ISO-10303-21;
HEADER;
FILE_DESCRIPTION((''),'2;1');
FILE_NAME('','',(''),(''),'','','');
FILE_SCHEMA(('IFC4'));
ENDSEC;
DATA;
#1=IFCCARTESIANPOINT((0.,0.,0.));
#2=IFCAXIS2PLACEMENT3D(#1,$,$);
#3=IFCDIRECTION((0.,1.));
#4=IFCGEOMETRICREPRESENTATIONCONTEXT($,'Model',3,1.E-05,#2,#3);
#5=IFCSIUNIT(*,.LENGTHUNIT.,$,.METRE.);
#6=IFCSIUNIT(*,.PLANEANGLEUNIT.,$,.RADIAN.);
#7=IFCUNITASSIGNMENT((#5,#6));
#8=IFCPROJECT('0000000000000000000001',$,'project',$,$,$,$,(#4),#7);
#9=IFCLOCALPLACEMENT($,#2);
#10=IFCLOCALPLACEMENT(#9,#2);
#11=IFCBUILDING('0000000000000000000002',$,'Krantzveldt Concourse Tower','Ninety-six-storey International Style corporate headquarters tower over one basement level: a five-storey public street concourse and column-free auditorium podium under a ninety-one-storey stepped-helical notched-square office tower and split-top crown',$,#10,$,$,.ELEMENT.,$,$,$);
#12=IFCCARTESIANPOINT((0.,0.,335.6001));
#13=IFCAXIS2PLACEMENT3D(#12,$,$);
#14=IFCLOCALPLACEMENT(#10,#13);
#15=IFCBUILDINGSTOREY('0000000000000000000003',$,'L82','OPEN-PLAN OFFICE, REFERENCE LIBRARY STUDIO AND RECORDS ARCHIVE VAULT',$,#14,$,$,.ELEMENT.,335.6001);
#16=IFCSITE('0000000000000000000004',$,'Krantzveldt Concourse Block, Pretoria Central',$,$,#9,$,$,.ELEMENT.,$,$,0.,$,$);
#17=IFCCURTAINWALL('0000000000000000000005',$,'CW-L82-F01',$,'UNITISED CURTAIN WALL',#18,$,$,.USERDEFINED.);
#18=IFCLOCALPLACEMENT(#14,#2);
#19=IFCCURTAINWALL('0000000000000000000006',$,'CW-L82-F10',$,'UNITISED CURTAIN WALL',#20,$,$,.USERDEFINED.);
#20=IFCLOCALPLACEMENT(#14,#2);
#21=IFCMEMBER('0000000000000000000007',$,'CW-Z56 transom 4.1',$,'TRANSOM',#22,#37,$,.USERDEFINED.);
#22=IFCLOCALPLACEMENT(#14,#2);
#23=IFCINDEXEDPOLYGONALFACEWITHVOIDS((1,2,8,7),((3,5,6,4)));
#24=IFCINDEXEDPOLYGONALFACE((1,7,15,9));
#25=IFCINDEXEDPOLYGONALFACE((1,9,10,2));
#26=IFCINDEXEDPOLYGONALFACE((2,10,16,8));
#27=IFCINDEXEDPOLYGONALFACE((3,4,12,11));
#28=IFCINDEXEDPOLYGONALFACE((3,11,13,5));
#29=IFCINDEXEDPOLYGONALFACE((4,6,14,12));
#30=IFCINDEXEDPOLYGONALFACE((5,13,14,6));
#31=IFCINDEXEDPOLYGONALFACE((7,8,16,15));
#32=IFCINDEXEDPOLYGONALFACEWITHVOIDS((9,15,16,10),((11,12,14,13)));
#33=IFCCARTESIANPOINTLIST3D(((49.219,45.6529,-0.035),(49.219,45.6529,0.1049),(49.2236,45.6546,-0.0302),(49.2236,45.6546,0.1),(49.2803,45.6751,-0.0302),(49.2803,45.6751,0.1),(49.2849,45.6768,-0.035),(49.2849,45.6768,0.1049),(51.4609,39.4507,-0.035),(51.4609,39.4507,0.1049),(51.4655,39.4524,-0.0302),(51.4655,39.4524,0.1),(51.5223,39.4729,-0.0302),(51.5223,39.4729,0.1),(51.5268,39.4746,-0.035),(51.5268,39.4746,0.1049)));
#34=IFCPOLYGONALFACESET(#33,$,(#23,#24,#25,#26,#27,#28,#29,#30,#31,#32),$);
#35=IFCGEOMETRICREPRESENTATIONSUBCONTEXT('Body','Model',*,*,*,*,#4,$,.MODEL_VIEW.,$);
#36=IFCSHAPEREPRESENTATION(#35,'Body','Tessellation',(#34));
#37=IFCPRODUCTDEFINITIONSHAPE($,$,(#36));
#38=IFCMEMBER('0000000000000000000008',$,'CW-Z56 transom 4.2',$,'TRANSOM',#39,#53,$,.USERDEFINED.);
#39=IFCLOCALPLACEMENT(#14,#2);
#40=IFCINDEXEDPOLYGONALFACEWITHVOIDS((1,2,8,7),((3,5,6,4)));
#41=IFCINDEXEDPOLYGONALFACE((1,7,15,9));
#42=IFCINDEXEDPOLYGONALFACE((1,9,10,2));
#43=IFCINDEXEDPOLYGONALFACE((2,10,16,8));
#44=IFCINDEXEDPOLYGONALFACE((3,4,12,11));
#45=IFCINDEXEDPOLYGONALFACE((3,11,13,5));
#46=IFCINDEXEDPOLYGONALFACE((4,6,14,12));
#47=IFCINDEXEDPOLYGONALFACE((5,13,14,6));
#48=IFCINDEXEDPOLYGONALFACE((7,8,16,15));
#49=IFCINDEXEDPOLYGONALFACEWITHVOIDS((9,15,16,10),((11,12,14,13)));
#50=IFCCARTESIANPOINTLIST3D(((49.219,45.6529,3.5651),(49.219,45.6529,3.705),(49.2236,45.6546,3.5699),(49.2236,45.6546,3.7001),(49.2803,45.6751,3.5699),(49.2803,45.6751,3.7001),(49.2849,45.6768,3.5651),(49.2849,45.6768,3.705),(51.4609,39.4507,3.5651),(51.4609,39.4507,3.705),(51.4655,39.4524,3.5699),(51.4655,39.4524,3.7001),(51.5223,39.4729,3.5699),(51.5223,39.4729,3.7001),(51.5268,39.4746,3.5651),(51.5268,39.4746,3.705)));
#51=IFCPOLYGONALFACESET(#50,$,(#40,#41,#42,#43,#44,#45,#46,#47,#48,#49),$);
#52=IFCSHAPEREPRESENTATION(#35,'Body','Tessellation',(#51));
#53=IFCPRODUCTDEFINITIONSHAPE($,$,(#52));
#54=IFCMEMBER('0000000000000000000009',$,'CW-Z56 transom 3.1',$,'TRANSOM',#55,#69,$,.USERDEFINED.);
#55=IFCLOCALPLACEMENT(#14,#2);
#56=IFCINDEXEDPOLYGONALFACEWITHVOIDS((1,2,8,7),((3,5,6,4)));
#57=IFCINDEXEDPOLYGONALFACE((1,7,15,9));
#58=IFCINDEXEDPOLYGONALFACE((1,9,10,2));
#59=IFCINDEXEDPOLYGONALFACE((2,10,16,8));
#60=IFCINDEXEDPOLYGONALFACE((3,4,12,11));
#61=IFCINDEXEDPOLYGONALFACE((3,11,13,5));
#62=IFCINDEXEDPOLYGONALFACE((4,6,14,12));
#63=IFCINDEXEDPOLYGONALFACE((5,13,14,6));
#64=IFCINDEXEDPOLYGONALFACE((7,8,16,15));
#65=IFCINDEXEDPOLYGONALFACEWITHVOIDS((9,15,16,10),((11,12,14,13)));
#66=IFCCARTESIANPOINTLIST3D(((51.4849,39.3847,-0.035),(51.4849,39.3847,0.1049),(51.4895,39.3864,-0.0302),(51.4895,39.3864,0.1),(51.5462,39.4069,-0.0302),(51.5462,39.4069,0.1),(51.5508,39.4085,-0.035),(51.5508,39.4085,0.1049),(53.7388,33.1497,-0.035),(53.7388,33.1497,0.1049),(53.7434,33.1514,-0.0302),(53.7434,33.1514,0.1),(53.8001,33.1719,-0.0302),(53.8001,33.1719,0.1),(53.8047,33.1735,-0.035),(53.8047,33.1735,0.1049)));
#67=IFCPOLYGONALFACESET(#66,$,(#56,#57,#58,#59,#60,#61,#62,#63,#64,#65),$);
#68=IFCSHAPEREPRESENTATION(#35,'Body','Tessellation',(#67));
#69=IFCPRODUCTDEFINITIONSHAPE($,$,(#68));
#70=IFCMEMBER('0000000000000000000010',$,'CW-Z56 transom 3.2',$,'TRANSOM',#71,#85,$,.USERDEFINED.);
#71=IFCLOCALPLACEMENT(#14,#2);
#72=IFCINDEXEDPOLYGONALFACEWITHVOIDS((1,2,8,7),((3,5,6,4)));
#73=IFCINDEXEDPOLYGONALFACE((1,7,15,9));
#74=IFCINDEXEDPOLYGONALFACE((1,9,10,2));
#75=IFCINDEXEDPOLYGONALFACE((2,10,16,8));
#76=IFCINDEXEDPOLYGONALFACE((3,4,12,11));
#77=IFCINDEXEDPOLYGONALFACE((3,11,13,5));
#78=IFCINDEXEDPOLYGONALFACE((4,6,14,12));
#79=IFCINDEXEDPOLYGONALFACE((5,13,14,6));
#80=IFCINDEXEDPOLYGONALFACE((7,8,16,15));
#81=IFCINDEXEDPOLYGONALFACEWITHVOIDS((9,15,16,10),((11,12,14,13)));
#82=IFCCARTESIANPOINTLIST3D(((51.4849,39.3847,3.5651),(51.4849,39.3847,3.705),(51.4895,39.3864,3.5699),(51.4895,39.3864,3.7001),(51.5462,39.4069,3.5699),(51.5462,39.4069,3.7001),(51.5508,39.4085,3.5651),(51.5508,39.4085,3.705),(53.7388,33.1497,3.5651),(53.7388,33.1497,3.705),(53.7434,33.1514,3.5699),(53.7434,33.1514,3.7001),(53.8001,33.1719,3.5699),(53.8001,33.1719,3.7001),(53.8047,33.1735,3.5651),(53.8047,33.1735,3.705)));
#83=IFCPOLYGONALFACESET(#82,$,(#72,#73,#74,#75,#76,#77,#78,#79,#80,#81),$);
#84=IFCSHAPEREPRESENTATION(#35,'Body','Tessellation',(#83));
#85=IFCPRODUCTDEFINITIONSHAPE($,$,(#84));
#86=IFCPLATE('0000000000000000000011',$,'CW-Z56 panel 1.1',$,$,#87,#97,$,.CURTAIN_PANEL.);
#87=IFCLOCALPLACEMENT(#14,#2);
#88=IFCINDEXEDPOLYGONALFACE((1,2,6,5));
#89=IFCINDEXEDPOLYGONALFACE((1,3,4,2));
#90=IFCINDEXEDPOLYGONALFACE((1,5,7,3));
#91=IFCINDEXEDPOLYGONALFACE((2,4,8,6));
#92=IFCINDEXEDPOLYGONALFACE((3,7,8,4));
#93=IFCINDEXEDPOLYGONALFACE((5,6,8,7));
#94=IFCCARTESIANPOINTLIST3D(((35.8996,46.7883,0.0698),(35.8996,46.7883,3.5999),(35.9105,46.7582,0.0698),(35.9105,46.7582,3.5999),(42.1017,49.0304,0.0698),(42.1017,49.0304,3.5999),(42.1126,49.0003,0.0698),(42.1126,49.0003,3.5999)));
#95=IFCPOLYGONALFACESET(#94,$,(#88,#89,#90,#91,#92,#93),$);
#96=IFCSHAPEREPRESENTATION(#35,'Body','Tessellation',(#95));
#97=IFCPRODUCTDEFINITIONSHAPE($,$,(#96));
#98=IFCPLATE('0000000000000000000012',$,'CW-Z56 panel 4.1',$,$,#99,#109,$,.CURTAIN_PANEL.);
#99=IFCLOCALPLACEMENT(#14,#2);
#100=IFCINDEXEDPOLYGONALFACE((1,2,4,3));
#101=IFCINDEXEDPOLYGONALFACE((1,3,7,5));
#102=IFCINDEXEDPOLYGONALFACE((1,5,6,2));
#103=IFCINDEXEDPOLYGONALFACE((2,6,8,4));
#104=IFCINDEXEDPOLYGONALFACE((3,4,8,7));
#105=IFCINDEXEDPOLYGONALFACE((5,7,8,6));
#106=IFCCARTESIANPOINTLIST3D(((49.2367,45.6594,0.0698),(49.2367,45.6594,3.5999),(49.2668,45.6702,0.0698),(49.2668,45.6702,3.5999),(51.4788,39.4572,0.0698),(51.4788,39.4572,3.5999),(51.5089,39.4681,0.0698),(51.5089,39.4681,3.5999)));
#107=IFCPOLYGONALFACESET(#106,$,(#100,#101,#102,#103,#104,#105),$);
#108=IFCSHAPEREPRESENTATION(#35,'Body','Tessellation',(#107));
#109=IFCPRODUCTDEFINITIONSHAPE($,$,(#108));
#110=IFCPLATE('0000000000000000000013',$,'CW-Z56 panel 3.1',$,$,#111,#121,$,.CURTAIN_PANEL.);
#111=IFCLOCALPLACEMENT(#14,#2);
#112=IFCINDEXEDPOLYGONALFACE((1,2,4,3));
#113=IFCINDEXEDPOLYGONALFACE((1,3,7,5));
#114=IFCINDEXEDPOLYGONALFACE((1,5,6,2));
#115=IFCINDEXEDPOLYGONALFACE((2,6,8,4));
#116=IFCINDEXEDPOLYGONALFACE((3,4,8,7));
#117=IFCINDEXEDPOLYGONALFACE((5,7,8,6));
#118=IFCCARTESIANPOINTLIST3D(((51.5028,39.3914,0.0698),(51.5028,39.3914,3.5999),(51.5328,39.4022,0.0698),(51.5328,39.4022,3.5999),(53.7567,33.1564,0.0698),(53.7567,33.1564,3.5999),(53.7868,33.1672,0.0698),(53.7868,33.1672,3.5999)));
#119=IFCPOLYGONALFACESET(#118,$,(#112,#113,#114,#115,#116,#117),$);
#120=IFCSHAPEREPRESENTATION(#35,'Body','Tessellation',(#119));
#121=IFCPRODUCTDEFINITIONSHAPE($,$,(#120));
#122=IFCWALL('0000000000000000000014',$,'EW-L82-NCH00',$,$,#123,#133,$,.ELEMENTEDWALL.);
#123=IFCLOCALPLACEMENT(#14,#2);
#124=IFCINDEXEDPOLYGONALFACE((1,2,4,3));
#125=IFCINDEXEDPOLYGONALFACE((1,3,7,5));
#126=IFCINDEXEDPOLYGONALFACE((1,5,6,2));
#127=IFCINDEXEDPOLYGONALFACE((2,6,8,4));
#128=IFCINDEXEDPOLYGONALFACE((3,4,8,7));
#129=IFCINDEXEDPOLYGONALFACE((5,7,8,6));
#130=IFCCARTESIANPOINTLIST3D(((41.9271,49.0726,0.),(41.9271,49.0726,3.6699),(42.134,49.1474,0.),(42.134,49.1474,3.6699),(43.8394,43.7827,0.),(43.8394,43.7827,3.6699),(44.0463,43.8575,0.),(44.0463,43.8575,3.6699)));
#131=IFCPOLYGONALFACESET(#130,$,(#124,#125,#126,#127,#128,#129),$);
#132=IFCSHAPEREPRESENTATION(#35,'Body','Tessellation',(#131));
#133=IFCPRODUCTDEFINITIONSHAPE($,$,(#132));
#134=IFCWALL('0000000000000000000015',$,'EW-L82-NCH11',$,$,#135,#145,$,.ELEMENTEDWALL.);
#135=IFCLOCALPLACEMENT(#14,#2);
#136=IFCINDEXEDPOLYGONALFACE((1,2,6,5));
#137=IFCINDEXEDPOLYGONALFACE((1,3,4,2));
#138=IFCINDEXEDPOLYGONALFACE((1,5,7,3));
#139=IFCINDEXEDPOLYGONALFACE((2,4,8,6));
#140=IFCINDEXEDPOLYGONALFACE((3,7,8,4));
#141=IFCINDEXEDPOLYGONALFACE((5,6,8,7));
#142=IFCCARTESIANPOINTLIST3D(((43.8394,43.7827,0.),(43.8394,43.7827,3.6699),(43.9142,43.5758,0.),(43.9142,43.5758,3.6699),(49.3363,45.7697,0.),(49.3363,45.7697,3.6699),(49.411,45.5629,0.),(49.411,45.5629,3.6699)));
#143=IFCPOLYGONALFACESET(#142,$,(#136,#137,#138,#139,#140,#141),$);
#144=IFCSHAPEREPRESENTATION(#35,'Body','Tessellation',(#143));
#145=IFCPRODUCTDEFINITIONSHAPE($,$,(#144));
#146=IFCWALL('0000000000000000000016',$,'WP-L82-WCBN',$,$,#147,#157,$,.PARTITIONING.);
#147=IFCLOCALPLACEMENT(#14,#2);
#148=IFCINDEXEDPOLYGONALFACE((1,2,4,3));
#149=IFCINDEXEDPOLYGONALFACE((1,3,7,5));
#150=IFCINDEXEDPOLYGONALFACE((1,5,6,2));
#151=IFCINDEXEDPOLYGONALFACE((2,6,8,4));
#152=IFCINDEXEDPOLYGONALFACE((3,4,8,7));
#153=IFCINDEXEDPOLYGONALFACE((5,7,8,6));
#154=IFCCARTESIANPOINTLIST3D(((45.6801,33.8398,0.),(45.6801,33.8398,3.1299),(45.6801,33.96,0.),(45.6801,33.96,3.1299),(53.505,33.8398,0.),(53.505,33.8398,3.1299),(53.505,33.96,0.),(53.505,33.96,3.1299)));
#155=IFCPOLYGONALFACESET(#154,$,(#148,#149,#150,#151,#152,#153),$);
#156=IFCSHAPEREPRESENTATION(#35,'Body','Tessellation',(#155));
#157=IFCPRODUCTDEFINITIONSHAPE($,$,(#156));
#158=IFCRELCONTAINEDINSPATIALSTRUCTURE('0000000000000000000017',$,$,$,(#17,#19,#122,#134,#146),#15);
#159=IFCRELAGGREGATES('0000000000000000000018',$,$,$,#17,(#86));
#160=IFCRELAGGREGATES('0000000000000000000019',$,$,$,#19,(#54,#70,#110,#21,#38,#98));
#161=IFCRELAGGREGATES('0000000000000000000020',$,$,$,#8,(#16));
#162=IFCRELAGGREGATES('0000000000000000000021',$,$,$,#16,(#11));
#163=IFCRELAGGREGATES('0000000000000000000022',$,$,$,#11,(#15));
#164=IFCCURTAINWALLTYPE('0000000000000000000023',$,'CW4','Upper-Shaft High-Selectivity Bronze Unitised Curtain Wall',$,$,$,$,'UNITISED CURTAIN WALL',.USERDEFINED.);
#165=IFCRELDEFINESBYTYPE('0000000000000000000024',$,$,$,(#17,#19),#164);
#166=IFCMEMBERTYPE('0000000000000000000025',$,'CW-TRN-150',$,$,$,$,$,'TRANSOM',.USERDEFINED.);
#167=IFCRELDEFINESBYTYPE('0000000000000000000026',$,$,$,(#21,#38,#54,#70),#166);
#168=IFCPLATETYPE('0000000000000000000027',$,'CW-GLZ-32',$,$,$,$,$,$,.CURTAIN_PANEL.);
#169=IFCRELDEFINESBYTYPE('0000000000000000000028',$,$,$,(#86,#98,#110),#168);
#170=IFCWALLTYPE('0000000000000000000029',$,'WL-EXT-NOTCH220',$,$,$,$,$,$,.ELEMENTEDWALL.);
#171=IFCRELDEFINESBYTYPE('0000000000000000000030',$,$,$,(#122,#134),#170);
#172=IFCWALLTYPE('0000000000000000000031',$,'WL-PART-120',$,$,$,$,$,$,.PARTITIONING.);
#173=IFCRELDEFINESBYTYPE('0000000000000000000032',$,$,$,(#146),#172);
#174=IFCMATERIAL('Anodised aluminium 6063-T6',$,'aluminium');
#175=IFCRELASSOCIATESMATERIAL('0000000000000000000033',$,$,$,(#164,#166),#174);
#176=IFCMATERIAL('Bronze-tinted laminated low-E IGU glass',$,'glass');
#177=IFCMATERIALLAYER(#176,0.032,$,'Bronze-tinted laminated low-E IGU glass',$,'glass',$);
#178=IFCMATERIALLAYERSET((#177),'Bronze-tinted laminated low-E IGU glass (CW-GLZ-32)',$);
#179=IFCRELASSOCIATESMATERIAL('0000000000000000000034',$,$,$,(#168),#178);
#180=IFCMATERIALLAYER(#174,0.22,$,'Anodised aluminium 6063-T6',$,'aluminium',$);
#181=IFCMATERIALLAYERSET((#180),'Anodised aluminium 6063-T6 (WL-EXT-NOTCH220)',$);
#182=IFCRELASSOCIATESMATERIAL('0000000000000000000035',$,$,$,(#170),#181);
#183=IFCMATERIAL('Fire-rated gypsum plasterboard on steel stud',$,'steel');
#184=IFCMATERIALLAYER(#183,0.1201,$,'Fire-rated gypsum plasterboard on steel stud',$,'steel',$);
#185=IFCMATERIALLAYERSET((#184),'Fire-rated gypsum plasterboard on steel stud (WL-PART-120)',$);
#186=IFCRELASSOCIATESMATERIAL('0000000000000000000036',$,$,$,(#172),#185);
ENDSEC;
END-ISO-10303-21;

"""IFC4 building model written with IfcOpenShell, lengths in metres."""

from ifc_helpers import new_model, si_unit, direction, frame, frame_2d, origin, origin_2d, place, context, subcontext, project, spatial, rectangle, hollow_rectangle, extrude, source, transform, mapped, material, layer, layer_set, material_profile, profile_set, type_object, type_shapes, element, aggregate, save


model = new_model("IFC4")

# Units and contexts
model_context = context("Model", 3, precision=1e-05, world=origin(), true_north=direction((0.0, 1.0)))
body_context = subcontext(model_context, "Body", "Model", "MODEL_VIEW")
ifc_project = project(units=[si_unit("LENGTHUNIT", "METRE"), si_unit("PLANEANGLEUNIT", "RADIAN")], contexts=[model_context])

# Site, building, storey
site_placement = place(None, origin())
site = spatial("IfcSite", under=ifc_project, at=site_placement, Name="Krantzveldt Concourse Block, Pretoria Central", CompositionType="ELEMENT", RefElevation=0.0)
building_placement = place(site_placement, origin())
building = spatial("IfcBuilding", under=site, at=building_placement, Name="Krantzveldt Concourse Tower", Description="Ninety-six-storey International Style corporate headquarters tower over one basement level: a five-storey public street concourse and column-free auditorium podium under a ninety-one-storey stepped-helical notched-square office tower and split-top crown", CompositionType="ELEMENT")
storey_placement = place(building_placement, frame((0.0, 0.0, 335.6001)))
storey = spatial("IfcBuildingStorey", under=building, at=storey_placement, Name="L82", Description="OPEN-PLAN OFFICE, REFERENCE LIBRARY STUDIO AND RECORDS ARCHIVE VAULT", CompositionType="ELEMENT", Elevation=335.6001)

# Curtain walls
ifc_material_1 = material(Name="Anodised aluminium 6063-T6", Category="aluminium")
curtain_wall_type = type_object("IfcCurtainWallType", Name="CW4", Description="Upper-Shaft High-Selectivity Bronze Unitised Curtain Wall", ElementType="UNITISED CURTAIN WALL", PredefinedType="USERDEFINED", material=ifc_material_1)
curtain_wall_1_placement = place(storey_placement, origin())
curtain_wall_1 = element("IfcCurtainWall", 1, at=curtain_wall_1_placement, inside=storey, type_object=curtain_wall_type, Name="CW-L82-F01", ObjectType="UNITISED CURTAIN WALL", PredefinedType="USERDEFINED")
curtain_wall_2_placement = place(storey_placement, origin())
curtain_wall_2 = element("IfcCurtainWall", 2, at=curtain_wall_2_placement, inside=storey, type_object=curtain_wall_type, Name="CW-L82-F10", ObjectType="UNITISED CURTAIN WALL", PredefinedType="USERDEFINED")

# Members
ifc_material_profile_1 = material_profile(ifc_material_1, hollow_rectangle(XDim=0.0701, YDim=0.1399, WallThickness=0.0049, at=origin_2d()), Name="Anodised aluminium 6063-T6", Category="aluminium")
ifc_profile_set_1 = profile_set([ifc_material_profile_1], Name="Anodised aluminium 6063-T6 - ALU-TRAN 140x70x5")
member_type_1 = type_object("IfcMemberType", Name="CW-TRN-150", ElementType="TRANSOM", PredefinedType="USERDEFINED", material=ifc_profile_set_1)
shared_shape_1 = source(origin(), body_context, "Body", "SweptSolid", [
    extrude(hollow_rectangle(XDim=0.0701, YDim=0.1399, WallThickness=0.0049, at=origin_2d()), origin(), (0.0, 0.0, 1.0), 6.595),
])
member_1_placement = place(storey_placement, frame((51.4939, 39.4626, 0.0349), z_axis=(-0.33995, 0.940443, 0.0), x_axis=(-0.940443, -0.33995, 0.0)))
member_1 = element("IfcMember", 3, at=member_1_placement, type_object=member_type_1, Name="CW-Z56 transom 4.1", ObjectType="TRANSOM", PredefinedType="USERDEFINED", context=body_context, shape_type="MappedRepresentation", body=[
    mapped(shared_shape_1, transform((0.0, 0.0, 0.0), x_axis=(1.0, 0.0, 0.0), y_axis=(0.0, 1.0, 0.0), z_axis=(0.0, 0.0, 1.0), scale=1.0)),
])
member_2_placement = place(storey_placement, frame((51.4939, 39.4626, 3.635), z_axis=(-0.33995, 0.940443, 0.0), x_axis=(-0.940443, -0.33995, 0.0)))
member_2 = element("IfcMember", 4, at=member_2_placement, type_object=member_type_1, Name="CW-Z56 transom 4.2", ObjectType="TRANSOM", PredefinedType="USERDEFINED", context=body_context, shape_type="MappedRepresentation", body=[
    mapped(shared_shape_1, transform((0.0, 0.0, 0.0), x_axis=(1.0, 0.0, 0.0), y_axis=(0.0, 1.0, 0.0), z_axis=(0.0, 0.0, 1.0), scale=1.0)),
])
shared_shape_2 = source(origin(), body_context, "Body", "SweptSolid", [
    extrude(hollow_rectangle(XDim=0.0701, YDim=0.1399, WallThickness=0.0049, at=origin_2d()), origin(), (0.0, 0.0, 1.0), 6.6299),
])
type_shapes(member_type_1, [shared_shape_1, shared_shape_2])
member_3_placement = place(storey_placement, frame((53.7717, 33.1616, 0.0349), z_axis=(-0.339957, 0.940441, 0.0), x_axis=(-0.940441, -0.339957, 0.0)))
member_3 = element("IfcMember", 5, at=member_3_placement, type_object=member_type_1, Name="CW-Z56 transom 3.1", ObjectType="TRANSOM", PredefinedType="USERDEFINED", context=body_context, shape_type="MappedRepresentation", body=[
    mapped(shared_shape_2, transform((0.0, 0.0, 0.0), x_axis=(1.0, 0.0, 0.0), y_axis=(0.0, 1.0, 0.0), z_axis=(0.0, 0.0, 1.0), scale=1.0)),
])
member_4_placement = place(storey_placement, frame((53.7717, 33.1616, 3.635), z_axis=(-0.339957, 0.940441, 0.0), x_axis=(-0.940441, -0.339957, 0.0)))
member_4 = element("IfcMember", 6, at=member_4_placement, type_object=member_type_1, Name="CW-Z56 transom 3.2", ObjectType="TRANSOM", PredefinedType="USERDEFINED", context=body_context, shape_type="MappedRepresentation", body=[
    mapped(shared_shape_2, transform((0.0, 0.0, 0.0), x_axis=(1.0, 0.0, 0.0), y_axis=(0.0, 1.0, 0.0), z_axis=(0.0, 0.0, 1.0), scale=1.0)),
])

# Plates
ifc_material_2 = material(Name="Bronze-tinted laminated low-E IGU glass", Category="glass")
ifc_layer_1 = layer(ifc_material_2, 0.032, Name="Bronze-tinted laminated low-E IGU glass", Category="glass")
ifc_layer_set_1 = layer_set([ifc_layer_1], Name="Bronze-tinted laminated low-E IGU glass (CW-GLZ-32)")
plate_type = type_object("IfcPlateType", Name="CW-GLZ-32", PredefinedType="CURTAIN_PANEL", material=ifc_layer_set_1)
shared_shape_3 = source(origin(), body_context, "Body", "SweptSolid", [
    extrude(rectangle(XDim=6.595, YDim=0.032, at=origin_2d()), origin(), (0.0, 0.0, 1.0), 3.53),
])
plate_1_placement = place(storey_placement, frame((39.0061, 47.8943, 0.0698), z_axis=(0.0, 0.0, 1.0), x_axis=(-0.940437, -0.339969, 0.0)))
plate_1 = element("IfcPlate", 7, at=plate_1_placement, type_object=plate_type, Name="CW-Z56 panel 1.1", PredefinedType="CURTAIN_PANEL", context=body_context, shape_type="MappedRepresentation", body=[
    mapped(shared_shape_3, transform((0.0, 0.0, 0.0), x_axis=(1.0, 0.0, 0.0), y_axis=(0.0, 1.0, 0.0), z_axis=(0.0, 0.0, 1.0), scale=1.0)),
])
aggregate(curtain_wall_1, [plate_1])
plate_2_placement = place(storey_placement, frame((50.3728, 42.5637, 0.0698), z_axis=(0.0, 0.0, 1.0), x_axis=(-0.339969, 0.940437, 0.0)))
plate_2 = element("IfcPlate", 8, at=plate_2_placement, type_object=plate_type, Name="CW-Z56 panel 4.1", PredefinedType="CURTAIN_PANEL", context=body_context, shape_type="MappedRepresentation", body=[
    mapped(shared_shape_3, transform((0.0, 0.0, 0.0), x_axis=(1.0, 0.0, 0.0), y_axis=(0.0, 1.0, 0.0), z_axis=(0.0, 0.0, 1.0), scale=1.0)),
])
shared_shape_4 = source(origin(), body_context, "Body", "SweptSolid", [
    extrude(rectangle(XDim=6.6299, YDim=0.032, at=origin_2d()), origin(), (0.0, 0.0, 1.0), 3.53),
])
type_shapes(plate_type, [shared_shape_3, shared_shape_4])
plate_3_placement = place(storey_placement, frame((52.6448, 36.2793, 0.0698), z_axis=(0.0, 0.0, 1.0), x_axis=(-0.339969, 0.940437, 0.0)))
plate_3 = element("IfcPlate", 9, at=plate_3_placement, type_object=plate_type, Name="CW-Z56 panel 3.1", PredefinedType="CURTAIN_PANEL", context=body_context, shape_type="MappedRepresentation", body=[
    mapped(shared_shape_4, transform((0.0, 0.0, 0.0), x_axis=(1.0, 0.0, 0.0), y_axis=(0.0, 1.0, 0.0), z_axis=(0.0, 0.0, 1.0), scale=1.0)),
])
aggregate(curtain_wall_2, [member_3, member_4, plate_3, member_1, member_2, plate_2])

# Walls
ifc_layer_2 = layer(ifc_material_1, 0.22, Name="Anodised aluminium 6063-T6", Category="aluminium")
ifc_layer_set_2 = layer_set([ifc_layer_2], Name="Anodised aluminium 6063-T6 (WL-EXT-NOTCH220)")
wall_type_1 = type_object("IfcWallType", Name="WL-EXT-NOTCH220", PredefinedType="ELEMENTEDWALL", material=ifc_layer_set_2)
wall_1_placement = place(storey_placement, frame((43.9429, 43.8201, 0.0), z_axis=(0.0, 0.0, 1.0), x_axis=(-0.339969, 0.940437, 0.0)))
element("IfcWall", 10, at=wall_1_placement, inside=storey, type_object=wall_type_1, Name="EW-L82-NCH00", PredefinedType="ELEMENTEDWALL", context=body_context, shape_type="SweptSolid", body=[
    extrude(rectangle(XDim=5.625, YDim=0.22, at=frame_2d((2.8125, 0.0))), origin(), (0.0, 0.0, 1.0), 3.6699),
])
wall_2_placement = place(storey_placement, frame((49.3735, 45.6663, 0.0), z_axis=(0.0, 0.0, 1.0), x_axis=(-0.940439, -0.339962, 0.0)))
element("IfcWall", 11, at=wall_2_placement, inside=storey, type_object=wall_type_1, Name="EW-L82-NCH11", PredefinedType="ELEMENTEDWALL", context=body_context, shape_type="SweptSolid", body=[
    extrude(rectangle(XDim=5.845, YDim=0.22, at=frame_2d((2.9224, 0.0))), origin(), (0.0, 0.0, 1.0), 3.6699),
])
ifc_material_3 = material(Name="Fire-rated gypsum plasterboard on steel stud", Category="steel")
ifc_layer_3 = layer(ifc_material_3, 0.1201, Name="Fire-rated gypsum plasterboard on steel stud", Category="steel")
ifc_layer_set_3 = layer_set([ifc_layer_3], Name="Fire-rated gypsum plasterboard on steel stud (WL-PART-120)")
wall_type_2 = type_object("IfcWallType", Name="WL-PART-120", PredefinedType="PARTITIONING", material=ifc_layer_set_3)
wall_3_placement = place(storey_placement, frame((45.6799, 33.8999, 0.0), z_axis=(0.0, 0.0, 1.0), x_axis=(1.0, 0.0, 0.0)))
element("IfcWall", 12, at=wall_3_placement, inside=storey, type_object=wall_type_2, Name="WP-L82-WCBN", PredefinedType="PARTITIONING", context=body_context, shape_type="SweptSolid", body=[
    extrude(rectangle(XDim=7.825, YDim=0.1201, at=frame_2d((3.9126, 0.0))), origin(), (0.0, 0.0, 1.0), 3.1299),
])

save(model, "model.ifc")
